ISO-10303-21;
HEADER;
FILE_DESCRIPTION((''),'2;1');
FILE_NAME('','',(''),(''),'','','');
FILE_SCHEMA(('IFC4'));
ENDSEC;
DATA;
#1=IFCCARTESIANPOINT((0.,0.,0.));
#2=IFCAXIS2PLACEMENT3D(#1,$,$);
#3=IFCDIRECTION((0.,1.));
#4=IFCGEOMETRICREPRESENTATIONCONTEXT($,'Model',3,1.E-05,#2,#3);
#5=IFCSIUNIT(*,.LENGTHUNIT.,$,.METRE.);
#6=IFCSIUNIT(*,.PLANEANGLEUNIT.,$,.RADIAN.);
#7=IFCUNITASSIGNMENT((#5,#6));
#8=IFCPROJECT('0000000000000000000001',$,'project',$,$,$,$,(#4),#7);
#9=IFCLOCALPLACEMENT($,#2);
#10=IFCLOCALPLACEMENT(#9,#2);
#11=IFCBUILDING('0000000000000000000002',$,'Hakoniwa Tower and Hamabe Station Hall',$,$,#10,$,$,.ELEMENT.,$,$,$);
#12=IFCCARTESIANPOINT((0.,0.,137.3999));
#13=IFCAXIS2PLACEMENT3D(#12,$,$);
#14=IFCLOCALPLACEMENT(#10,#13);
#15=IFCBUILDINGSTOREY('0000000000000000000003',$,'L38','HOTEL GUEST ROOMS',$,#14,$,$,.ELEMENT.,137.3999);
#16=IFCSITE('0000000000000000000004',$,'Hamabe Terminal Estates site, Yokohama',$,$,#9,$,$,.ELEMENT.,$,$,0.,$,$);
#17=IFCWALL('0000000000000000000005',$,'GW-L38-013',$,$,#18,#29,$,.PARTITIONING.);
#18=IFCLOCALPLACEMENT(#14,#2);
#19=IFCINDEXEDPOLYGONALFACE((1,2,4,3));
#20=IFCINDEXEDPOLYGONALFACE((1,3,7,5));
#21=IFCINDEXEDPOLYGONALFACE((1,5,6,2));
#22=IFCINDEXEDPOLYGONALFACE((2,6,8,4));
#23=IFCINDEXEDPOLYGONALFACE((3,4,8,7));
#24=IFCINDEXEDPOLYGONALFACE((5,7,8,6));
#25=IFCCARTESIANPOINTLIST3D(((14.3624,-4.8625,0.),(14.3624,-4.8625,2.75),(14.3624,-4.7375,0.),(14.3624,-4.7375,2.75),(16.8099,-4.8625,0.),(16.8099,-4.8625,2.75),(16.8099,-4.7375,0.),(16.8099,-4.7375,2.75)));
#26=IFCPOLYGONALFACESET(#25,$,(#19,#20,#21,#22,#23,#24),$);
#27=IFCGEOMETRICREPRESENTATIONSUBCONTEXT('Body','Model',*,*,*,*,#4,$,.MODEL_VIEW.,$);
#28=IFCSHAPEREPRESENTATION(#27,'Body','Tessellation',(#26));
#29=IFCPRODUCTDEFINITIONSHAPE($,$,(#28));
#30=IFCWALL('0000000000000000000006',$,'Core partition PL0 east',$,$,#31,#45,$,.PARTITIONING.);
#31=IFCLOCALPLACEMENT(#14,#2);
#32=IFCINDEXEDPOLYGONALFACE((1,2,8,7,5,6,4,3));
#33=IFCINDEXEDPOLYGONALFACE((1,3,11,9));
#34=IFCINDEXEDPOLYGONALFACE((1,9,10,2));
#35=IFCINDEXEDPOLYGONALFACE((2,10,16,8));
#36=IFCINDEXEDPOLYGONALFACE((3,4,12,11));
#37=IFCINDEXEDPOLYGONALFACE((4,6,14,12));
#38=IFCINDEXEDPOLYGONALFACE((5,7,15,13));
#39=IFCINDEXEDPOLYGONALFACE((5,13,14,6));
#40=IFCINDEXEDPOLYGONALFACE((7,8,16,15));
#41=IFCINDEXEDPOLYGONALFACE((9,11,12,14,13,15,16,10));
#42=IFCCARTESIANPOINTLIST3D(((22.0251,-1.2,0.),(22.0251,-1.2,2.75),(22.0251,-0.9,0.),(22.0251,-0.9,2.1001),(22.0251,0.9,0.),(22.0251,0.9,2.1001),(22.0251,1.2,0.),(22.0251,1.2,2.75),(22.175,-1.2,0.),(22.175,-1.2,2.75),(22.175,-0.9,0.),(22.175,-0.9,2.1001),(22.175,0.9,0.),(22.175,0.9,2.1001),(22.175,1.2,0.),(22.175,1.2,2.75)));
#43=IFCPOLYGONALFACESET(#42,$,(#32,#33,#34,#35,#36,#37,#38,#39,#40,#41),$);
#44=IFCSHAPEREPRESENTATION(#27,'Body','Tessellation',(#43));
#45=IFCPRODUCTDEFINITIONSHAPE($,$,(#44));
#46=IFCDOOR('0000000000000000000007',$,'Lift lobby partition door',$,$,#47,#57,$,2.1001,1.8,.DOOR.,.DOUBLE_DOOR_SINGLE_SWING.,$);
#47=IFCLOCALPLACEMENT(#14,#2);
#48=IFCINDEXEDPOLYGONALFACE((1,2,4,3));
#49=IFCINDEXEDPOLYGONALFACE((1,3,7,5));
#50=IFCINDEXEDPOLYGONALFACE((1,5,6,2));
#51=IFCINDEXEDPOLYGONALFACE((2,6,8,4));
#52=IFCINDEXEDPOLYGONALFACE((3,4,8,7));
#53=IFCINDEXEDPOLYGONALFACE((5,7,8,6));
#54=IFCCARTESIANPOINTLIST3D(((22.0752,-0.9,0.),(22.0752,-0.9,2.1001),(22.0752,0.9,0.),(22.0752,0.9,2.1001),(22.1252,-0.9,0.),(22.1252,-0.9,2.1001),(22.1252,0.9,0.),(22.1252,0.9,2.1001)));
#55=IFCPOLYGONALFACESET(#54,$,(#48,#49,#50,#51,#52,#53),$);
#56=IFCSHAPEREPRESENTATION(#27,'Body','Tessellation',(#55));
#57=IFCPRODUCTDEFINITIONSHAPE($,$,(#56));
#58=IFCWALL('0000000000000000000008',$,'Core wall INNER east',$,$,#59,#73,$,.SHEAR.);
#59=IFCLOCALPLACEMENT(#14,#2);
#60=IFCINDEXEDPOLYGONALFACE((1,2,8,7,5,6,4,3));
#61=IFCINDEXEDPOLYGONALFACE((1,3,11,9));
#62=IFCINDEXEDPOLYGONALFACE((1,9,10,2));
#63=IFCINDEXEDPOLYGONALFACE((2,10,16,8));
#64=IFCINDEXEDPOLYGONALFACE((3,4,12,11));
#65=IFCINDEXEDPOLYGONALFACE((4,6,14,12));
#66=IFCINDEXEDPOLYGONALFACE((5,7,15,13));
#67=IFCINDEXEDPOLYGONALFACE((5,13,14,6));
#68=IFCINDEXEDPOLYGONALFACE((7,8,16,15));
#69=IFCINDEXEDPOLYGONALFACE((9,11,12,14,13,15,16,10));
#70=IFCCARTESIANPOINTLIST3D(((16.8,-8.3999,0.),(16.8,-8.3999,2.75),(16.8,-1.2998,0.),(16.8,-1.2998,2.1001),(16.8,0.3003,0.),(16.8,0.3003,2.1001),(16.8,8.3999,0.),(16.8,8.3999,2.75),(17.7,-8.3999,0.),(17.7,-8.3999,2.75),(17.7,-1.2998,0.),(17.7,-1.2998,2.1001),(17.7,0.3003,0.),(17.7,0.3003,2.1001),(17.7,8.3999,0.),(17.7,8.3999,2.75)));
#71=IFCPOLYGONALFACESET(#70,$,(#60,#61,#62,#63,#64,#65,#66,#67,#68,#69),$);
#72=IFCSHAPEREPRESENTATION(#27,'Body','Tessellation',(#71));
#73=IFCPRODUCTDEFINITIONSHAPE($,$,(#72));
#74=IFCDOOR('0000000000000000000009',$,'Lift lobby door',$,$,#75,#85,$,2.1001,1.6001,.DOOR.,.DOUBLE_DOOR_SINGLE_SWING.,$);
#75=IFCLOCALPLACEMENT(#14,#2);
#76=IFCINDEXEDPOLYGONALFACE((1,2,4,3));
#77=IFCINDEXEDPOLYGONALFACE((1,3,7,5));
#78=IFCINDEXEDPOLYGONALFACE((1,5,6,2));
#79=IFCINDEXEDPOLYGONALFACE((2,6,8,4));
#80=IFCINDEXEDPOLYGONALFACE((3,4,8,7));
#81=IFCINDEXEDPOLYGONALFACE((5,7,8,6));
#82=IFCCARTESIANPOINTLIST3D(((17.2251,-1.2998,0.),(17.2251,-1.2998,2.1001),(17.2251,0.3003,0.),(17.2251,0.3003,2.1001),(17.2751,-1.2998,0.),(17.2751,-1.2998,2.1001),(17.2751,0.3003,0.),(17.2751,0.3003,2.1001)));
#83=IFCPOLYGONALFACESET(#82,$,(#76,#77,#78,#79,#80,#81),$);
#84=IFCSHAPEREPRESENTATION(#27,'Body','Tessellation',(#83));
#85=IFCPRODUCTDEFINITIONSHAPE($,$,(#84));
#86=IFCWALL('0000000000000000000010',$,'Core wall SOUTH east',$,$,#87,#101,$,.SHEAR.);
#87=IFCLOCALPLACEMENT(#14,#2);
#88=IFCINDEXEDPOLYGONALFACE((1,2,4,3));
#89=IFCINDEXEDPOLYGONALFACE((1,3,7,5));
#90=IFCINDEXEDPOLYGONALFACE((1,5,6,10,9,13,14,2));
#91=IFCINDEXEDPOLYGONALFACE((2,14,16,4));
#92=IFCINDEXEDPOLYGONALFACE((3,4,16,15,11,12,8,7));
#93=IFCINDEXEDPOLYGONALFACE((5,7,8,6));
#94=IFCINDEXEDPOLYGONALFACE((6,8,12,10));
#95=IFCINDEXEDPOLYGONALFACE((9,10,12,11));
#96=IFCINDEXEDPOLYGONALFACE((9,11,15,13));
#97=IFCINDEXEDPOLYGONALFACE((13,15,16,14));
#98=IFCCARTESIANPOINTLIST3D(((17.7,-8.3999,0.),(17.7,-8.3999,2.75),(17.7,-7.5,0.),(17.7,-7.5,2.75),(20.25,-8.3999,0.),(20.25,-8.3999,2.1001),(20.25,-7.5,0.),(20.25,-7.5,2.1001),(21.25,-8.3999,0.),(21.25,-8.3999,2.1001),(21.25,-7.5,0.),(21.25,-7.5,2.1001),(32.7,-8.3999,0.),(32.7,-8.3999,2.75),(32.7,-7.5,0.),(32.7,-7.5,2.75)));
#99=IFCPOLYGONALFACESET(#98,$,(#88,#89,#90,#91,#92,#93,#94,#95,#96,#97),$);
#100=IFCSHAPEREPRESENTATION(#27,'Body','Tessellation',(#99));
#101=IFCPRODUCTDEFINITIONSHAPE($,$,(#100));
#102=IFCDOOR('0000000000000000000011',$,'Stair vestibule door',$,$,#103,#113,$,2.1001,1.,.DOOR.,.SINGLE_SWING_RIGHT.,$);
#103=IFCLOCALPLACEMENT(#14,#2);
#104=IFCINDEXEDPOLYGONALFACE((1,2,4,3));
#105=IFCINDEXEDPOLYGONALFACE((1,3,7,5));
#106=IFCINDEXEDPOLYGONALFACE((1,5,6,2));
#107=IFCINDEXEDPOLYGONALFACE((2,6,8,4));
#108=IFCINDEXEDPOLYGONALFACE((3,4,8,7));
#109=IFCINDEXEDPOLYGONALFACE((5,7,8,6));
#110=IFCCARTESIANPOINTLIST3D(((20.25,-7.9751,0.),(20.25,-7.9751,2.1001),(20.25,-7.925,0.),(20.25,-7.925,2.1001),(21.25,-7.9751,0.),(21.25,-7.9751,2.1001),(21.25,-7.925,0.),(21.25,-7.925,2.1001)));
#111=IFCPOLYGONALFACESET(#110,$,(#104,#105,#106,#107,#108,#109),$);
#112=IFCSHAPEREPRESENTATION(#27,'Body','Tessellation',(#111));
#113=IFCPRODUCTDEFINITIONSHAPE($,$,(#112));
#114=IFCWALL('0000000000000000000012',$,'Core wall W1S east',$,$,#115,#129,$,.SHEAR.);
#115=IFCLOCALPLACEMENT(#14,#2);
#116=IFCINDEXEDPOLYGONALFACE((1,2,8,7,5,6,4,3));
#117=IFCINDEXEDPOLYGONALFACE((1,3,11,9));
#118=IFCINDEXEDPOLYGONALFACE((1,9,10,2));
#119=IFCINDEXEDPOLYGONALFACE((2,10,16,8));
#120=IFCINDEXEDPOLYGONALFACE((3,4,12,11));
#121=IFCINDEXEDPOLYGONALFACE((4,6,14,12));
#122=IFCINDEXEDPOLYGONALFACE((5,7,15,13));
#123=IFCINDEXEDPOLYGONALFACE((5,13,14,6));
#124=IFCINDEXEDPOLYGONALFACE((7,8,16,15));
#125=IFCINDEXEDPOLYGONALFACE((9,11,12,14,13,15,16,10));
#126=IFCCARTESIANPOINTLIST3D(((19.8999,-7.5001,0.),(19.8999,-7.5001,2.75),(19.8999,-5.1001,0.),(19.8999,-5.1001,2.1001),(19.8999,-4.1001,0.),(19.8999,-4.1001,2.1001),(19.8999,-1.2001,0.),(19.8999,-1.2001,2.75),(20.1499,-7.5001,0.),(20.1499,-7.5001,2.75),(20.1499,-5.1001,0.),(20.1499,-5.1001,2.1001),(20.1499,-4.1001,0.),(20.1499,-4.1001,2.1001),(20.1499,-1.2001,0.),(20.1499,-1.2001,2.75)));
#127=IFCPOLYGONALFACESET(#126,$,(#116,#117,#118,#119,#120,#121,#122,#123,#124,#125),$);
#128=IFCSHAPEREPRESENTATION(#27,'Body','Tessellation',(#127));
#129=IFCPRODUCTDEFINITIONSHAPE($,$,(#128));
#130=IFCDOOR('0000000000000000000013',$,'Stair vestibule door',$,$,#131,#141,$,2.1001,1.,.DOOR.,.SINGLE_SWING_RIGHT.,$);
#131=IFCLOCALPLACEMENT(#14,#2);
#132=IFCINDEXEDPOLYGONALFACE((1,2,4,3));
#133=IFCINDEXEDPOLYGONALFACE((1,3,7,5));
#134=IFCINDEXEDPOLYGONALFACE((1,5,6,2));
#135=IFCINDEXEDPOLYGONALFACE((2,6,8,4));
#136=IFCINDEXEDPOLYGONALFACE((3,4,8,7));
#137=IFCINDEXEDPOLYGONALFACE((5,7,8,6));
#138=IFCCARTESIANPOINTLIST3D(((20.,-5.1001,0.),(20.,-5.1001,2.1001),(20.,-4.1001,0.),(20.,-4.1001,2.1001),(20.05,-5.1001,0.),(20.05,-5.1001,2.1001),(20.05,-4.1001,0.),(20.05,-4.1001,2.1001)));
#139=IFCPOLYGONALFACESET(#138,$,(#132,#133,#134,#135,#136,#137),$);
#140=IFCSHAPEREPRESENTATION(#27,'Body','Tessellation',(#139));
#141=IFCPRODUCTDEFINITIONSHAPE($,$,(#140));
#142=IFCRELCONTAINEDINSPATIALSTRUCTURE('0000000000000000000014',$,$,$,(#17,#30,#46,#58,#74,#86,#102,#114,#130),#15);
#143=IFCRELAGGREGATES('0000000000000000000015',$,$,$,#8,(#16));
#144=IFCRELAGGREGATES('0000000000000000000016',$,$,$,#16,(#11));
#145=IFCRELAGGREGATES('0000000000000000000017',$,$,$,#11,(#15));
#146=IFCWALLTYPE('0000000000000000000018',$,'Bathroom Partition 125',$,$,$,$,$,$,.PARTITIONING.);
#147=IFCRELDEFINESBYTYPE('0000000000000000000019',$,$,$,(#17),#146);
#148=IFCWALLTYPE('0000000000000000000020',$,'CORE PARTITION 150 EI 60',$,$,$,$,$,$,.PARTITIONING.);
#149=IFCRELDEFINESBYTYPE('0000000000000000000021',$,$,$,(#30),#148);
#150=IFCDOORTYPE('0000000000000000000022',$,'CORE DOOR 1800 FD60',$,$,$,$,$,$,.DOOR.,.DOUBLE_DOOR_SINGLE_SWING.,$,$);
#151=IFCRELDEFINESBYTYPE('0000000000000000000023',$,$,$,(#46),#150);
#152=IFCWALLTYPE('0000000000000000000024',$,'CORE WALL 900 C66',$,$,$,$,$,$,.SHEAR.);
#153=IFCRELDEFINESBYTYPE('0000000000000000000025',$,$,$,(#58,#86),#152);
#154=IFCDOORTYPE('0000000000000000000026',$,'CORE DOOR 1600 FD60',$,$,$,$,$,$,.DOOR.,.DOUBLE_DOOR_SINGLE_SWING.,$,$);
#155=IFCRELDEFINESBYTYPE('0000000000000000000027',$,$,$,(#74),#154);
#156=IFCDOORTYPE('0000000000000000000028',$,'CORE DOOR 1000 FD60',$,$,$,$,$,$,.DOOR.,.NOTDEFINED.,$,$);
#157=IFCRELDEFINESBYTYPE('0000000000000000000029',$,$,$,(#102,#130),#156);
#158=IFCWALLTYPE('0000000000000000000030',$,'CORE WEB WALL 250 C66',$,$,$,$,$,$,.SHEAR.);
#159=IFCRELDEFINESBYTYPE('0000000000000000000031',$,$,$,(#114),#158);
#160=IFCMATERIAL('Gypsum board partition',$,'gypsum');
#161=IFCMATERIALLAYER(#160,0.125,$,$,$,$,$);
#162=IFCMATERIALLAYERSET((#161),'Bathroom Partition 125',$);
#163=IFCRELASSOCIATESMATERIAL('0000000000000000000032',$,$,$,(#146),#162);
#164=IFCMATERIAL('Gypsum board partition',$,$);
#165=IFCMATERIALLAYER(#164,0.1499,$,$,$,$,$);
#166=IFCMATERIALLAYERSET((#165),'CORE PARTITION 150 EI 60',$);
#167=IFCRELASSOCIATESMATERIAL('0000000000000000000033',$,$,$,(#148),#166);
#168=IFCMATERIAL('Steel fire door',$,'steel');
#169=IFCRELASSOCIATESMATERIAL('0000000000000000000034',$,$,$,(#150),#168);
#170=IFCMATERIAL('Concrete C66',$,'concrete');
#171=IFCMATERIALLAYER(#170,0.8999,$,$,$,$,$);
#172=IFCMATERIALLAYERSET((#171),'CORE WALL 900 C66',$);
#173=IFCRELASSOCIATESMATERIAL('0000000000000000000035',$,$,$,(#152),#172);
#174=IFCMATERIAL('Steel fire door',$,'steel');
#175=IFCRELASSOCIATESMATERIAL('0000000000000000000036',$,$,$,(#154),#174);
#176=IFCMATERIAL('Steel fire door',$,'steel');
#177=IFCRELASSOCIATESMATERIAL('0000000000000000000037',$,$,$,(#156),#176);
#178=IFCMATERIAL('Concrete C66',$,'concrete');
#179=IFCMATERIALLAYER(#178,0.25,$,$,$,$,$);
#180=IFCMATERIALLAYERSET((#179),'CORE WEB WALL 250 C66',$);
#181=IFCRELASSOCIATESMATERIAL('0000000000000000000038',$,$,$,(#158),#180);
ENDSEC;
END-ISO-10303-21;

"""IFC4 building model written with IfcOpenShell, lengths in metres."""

from ifc_helpers import new_model, si_unit, direction, frame, frame_2d, origin, place, context, subcontext, project, spatial, rectangle, extrude, material, layer, layer_set, type_object, element, fill, save


model = new_model("IFC4")

# Units and contexts
model_context = context("Model", 3, precision=1e-05, world=origin(), true_north=direction((0.0, 1.0)))
body_context = subcontext(model_context, "Body", "Model", "MODEL_VIEW")
ifc_project = project(units=[si_unit("LENGTHUNIT", "METRE"), si_unit("PLANEANGLEUNIT", "RADIAN")], contexts=[model_context])

# Site, building, storey
site_placement = place(None, origin())
site = spatial("IfcSite", under=ifc_project, at=site_placement, Name="Hamabe Terminal Estates site, Yokohama", CompositionType="ELEMENT", RefElevation=0.0)
building_placement = place(site_placement, origin())
building = spatial("IfcBuilding", under=site, at=building_placement, Name="Hakoniwa Tower and Hamabe Station Hall", CompositionType="ELEMENT")
storey_placement = place(building_placement, frame((0.0, 0.0, 137.3999)))
storey = spatial("IfcBuildingStorey", under=building, at=storey_placement, Name="L38", Description="HOTEL GUEST ROOMS", CompositionType="ELEMENT", Elevation=137.3999)

# Wall
ifc_material_1 = material(Name="Gypsum board partition", Category="gypsum")
ifc_layer_1 = layer(ifc_material_1, 0.125)
ifc_layer_set_1 = layer_set([ifc_layer_1], Name="Bathroom Partition 125")
wall_type_1 = type_object("IfcWallType", Name="Bathroom Partition 125", PredefinedType="PARTITIONING", material=ifc_layer_set_1)
wall_1_placement = place(storey_placement, frame((14.3625, -4.8, 0.0), z_axis=(0.0, 0.0, 1.0), x_axis=(1.0, 0.0, 0.0)))
element("IfcWall", 1, at=wall_1_placement, inside=storey, type_object=wall_type_1, Name="GW-L38-013", PredefinedType="PARTITIONING", context=body_context, shape_type="SweptSolid", body=[
    extrude(rectangle(XDim=2.4475, YDim=0.125, at=frame_2d((1.2236, 0.0))), origin(), (0.0, 0.0, 1.0), 2.75),
])

# Walls, openings, doors
ifc_material_2 = material(Name="Gypsum board partition")
ifc_layer_2 = layer(ifc_material_2, 0.1499)
ifc_layer_set_2 = layer_set([ifc_layer_2], Name="CORE PARTITION 150 EI 60")
wall_type_2 = type_object("IfcWallType", Name="CORE PARTITION 150 EI 60", PredefinedType="PARTITIONING", material=ifc_layer_set_2)
wall_2_placement = place(storey_placement, frame((22.1001, -1.2, 0.0), z_axis=(0.0, 0.0, 1.0), x_axis=(0.0, 1.0, 0.0)))
wall_2 = element("IfcWall", 2, at=wall_2_placement, inside=storey, type_object=wall_type_2, Name="Core partition PL0 east", PredefinedType="PARTITIONING", context=body_context, shape_type="SweptSolid", body=[
    extrude(rectangle(XDim=2.3999, YDim=0.1499, at=frame_2d((1.2, 0.0))), origin(), (0.0, 0.0, 1.0), 2.75),
])
opening_1_placement = place(wall_2_placement, frame((0.3, 0.0, 0.0)))
opening_1 = element("IfcOpeningElement", 3, at=opening_1_placement, cuts=wall_2, PredefinedType="OPENING", context=body_context, shape_type="SweptSolid", body=[
    extrude(rectangle(XDim=1.8, YDim=2.1001, at=frame_2d((0.8999, 1.05))), frame((0.0, 0.085, 0.0), z_axis=(0.0, -1.0, 0.0), x_axis=(1.0, 0.0, 0.0)), (0.0, 0.0, 1.0), 0.1699),
])
ifc_material_3 = material(Name="Steel fire door", Category="steel")
door_type_1 = type_object("IfcDoorType", Name="CORE DOOR 1800 FD60", OperationType="DOUBLE_DOOR_SINGLE_SWING", PredefinedType="DOOR", material=ifc_material_3)
door_1_placement = place(opening_1_placement, origin())
door_1 = element("IfcDoor", 4, at=door_1_placement, inside=storey, type_object=door_type_1, Name="Lift lobby partition door", OperationType="DOUBLE_DOOR_SINGLE_SWING", OverallHeight=2.1001, OverallWidth=1.8, PredefinedType="DOOR", context=body_context, shape_type="SweptSolid", body=[
    extrude(rectangle(XDim=1.8, YDim=2.1001, at=frame_2d((0.8999, 1.05))), frame((0.0, 0.0249, 0.0), z_axis=(0.0, -1.0, 0.0), x_axis=(1.0, 0.0, 0.0)), (0.0, 0.0, 1.0), 0.05),
])
fill(opening_1, door_1)
ifc_material_4 = material(Name="Concrete C66", Category="concrete")
ifc_layer_3 = layer(ifc_material_4, 0.8999)
ifc_layer_set_3 = layer_set([ifc_layer_3], Name="CORE WALL 900 C66")
wall_type_3 = type_object("IfcWallType", Name="CORE WALL 900 C66", PredefinedType="SHEAR", material=ifc_layer_set_3)
wall_3_placement = place(storey_placement, frame((17.25, -8.3999, 0.0), z_axis=(0.0, 0.0, 1.0), x_axis=(0.0, 1.0, 0.0)))
wall_3 = element("IfcWall", 5, at=wall_3_placement, inside=storey, type_object=wall_type_3, Name="Core wall INNER east", PredefinedType="SHEAR", context=body_context, shape_type="SweptSolid", body=[
    extrude(rectangle(XDim=16.7998, YDim=0.8999, at=frame_2d((8.3999, 0.0))), origin(), (0.0, 0.0, 1.0), 2.75),
])
opening_2_placement = place(wall_3_placement, frame((7.1001, 0.0, 0.0)))
opening_2 = element("IfcOpeningElement", 6, at=opening_2_placement, cuts=wall_3, PredefinedType="OPENING", context=body_context, shape_type="SweptSolid", body=[
    extrude(rectangle(XDim=1.6001, YDim=2.1001, at=frame_2d((0.8, 1.05))), frame((0.0, 0.46, 0.0), z_axis=(0.0, -1.0, 0.0), x_axis=(1.0, 0.0, 0.0)), (0.0, 0.0, 1.0), 0.9199),
])
ifc_material_5 = material(Name="Steel fire door", Category="steel")
door_type_2 = type_object("IfcDoorType", Name="CORE DOOR 1600 FD60", OperationType="DOUBLE_DOOR_SINGLE_SWING", PredefinedType="DOOR", material=ifc_material_5)
door_2_placement = place(opening_2_placement, origin())
door_2 = element("IfcDoor", 7, at=door_2_placement, inside=storey, type_object=door_type_2, Name="Lift lobby door", OperationType="DOUBLE_DOOR_SINGLE_SWING", OverallHeight=2.1001, OverallWidth=1.6001, PredefinedType="DOOR", context=body_context, shape_type="SweptSolid", body=[
    extrude(rectangle(XDim=1.6001, YDim=2.1001, at=frame_2d((0.8, 1.05))), frame((0.0, 0.0249, 0.0), z_axis=(0.0, -1.0, 0.0), x_axis=(1.0, 0.0, 0.0)), (0.0, 0.0, 1.0), 0.05),
])
fill(opening_2, door_2)
wall_4_placement = place(storey_placement, frame((17.7, -7.95, 0.0), z_axis=(0.0, 0.0, 1.0), x_axis=(1.0, 0.0, 0.0)))
wall_4 = element("IfcWall", 8, at=wall_4_placement, inside=storey, type_object=wall_type_3, Name="Core wall SOUTH east", PredefinedType="SHEAR", context=body_context, shape_type="SweptSolid", body=[
    extrude(rectangle(XDim=15.0, YDim=0.8999, at=frame_2d((7.5, 0.0))), origin(), (0.0, 0.0, 1.0), 2.75),
])
opening_3_placement = place(wall_4_placement, frame((2.55, 0.0, 0.0)))
opening_3 = element("IfcOpeningElement", 9, at=opening_3_placement, cuts=wall_4, PredefinedType="OPENING", context=body_context, shape_type="SweptSolid", body=[
    extrude(rectangle(XDim=1.0, YDim=2.1001, at=frame_2d((0.5, 1.05))), frame((0.0, 0.46, 0.0), z_axis=(0.0, -1.0, 0.0), x_axis=(1.0, 0.0, 0.0)), (0.0, 0.0, 1.0), 0.9199),
])
ifc_material_6 = material(Name="Steel fire door", Category="steel")
door_type_3 = type_object("IfcDoorType", Name="CORE DOOR 1000 FD60", OperationType="NOTDEFINED", PredefinedType="DOOR", material=ifc_material_6)
door_3_placement = place(opening_3_placement, origin())
door_3 = element("IfcDoor", 10, at=door_3_placement, inside=storey, type_object=door_type_3, Name="Stair vestibule door", OperationType="SINGLE_SWING_RIGHT", OverallHeight=2.1001, OverallWidth=1.0, PredefinedType="DOOR", context=body_context, shape_type="SweptSolid", body=[
    extrude(rectangle(XDim=1.0, YDim=2.1001, at=frame_2d((0.5, 1.05))), frame((0.0, 0.0249, 0.0), z_axis=(0.0, -1.0, 0.0), x_axis=(1.0, 0.0, 0.0)), (0.0, 0.0, 1.0), 0.05),
])
fill(opening_3, door_3)
ifc_material_7 = material(Name="Concrete C66", Category="concrete")
ifc_layer_4 = layer(ifc_material_7, 0.25)
ifc_layer_set_4 = layer_set([ifc_layer_4], Name="CORE WEB WALL 250 C66")
wall_type_4 = type_object("IfcWallType", Name="CORE WEB WALL 250 C66", PredefinedType="SHEAR", material=ifc_layer_set_4)
wall_5_placement = place(storey_placement, frame((20.0249, -7.5, 0.0), z_axis=(0.0, 0.0, 1.0), x_axis=(0.0, 1.0, 0.0)))
wall_5 = element("IfcWall", 11, at=wall_5_placement, inside=storey, type_object=wall_type_4, Name="Core wall W1S east", PredefinedType="SHEAR", context=body_context, shape_type="SweptSolid", body=[
    extrude(rectangle(XDim=6.3, YDim=0.25, at=frame_2d((3.1499, 0.0))), origin(), (0.0, 0.0, 1.0), 2.75),
])
opening_4_placement = place(wall_5_placement, frame((2.3999, 0.0, 0.0)))
opening_4 = element("IfcOpeningElement", 12, at=opening_4_placement, cuts=wall_5, PredefinedType="OPENING", context=body_context, shape_type="SweptSolid", body=[
    extrude(rectangle(XDim=1.0, YDim=2.1001, at=frame_2d((0.5, 1.05))), frame((0.0, 0.135, 0.0), z_axis=(0.0, -1.0, 0.0), x_axis=(1.0, 0.0, 0.0)), (0.0, 0.0, 1.0), 0.27),
])
door_4_placement = place(opening_4_placement, origin())
door_4 = element("IfcDoor", 13, at=door_4_placement, inside=storey, type_object=door_type_3, Name="Stair vestibule door", OperationType="SINGLE_SWING_RIGHT", OverallHeight=2.1001, OverallWidth=1.0, PredefinedType="DOOR", context=body_context, shape_type="SweptSolid", body=[
    extrude(rectangle(XDim=1.0, YDim=2.1001, at=frame_2d((0.5, 1.05))), frame((0.0, 0.0249, 0.0), z_axis=(0.0, -1.0, 0.0), x_axis=(1.0, 0.0, 0.0)), (0.0, 0.0, 1.0), 0.05),
])
fill(opening_4, door_4)

save(model, "model.ifc")
